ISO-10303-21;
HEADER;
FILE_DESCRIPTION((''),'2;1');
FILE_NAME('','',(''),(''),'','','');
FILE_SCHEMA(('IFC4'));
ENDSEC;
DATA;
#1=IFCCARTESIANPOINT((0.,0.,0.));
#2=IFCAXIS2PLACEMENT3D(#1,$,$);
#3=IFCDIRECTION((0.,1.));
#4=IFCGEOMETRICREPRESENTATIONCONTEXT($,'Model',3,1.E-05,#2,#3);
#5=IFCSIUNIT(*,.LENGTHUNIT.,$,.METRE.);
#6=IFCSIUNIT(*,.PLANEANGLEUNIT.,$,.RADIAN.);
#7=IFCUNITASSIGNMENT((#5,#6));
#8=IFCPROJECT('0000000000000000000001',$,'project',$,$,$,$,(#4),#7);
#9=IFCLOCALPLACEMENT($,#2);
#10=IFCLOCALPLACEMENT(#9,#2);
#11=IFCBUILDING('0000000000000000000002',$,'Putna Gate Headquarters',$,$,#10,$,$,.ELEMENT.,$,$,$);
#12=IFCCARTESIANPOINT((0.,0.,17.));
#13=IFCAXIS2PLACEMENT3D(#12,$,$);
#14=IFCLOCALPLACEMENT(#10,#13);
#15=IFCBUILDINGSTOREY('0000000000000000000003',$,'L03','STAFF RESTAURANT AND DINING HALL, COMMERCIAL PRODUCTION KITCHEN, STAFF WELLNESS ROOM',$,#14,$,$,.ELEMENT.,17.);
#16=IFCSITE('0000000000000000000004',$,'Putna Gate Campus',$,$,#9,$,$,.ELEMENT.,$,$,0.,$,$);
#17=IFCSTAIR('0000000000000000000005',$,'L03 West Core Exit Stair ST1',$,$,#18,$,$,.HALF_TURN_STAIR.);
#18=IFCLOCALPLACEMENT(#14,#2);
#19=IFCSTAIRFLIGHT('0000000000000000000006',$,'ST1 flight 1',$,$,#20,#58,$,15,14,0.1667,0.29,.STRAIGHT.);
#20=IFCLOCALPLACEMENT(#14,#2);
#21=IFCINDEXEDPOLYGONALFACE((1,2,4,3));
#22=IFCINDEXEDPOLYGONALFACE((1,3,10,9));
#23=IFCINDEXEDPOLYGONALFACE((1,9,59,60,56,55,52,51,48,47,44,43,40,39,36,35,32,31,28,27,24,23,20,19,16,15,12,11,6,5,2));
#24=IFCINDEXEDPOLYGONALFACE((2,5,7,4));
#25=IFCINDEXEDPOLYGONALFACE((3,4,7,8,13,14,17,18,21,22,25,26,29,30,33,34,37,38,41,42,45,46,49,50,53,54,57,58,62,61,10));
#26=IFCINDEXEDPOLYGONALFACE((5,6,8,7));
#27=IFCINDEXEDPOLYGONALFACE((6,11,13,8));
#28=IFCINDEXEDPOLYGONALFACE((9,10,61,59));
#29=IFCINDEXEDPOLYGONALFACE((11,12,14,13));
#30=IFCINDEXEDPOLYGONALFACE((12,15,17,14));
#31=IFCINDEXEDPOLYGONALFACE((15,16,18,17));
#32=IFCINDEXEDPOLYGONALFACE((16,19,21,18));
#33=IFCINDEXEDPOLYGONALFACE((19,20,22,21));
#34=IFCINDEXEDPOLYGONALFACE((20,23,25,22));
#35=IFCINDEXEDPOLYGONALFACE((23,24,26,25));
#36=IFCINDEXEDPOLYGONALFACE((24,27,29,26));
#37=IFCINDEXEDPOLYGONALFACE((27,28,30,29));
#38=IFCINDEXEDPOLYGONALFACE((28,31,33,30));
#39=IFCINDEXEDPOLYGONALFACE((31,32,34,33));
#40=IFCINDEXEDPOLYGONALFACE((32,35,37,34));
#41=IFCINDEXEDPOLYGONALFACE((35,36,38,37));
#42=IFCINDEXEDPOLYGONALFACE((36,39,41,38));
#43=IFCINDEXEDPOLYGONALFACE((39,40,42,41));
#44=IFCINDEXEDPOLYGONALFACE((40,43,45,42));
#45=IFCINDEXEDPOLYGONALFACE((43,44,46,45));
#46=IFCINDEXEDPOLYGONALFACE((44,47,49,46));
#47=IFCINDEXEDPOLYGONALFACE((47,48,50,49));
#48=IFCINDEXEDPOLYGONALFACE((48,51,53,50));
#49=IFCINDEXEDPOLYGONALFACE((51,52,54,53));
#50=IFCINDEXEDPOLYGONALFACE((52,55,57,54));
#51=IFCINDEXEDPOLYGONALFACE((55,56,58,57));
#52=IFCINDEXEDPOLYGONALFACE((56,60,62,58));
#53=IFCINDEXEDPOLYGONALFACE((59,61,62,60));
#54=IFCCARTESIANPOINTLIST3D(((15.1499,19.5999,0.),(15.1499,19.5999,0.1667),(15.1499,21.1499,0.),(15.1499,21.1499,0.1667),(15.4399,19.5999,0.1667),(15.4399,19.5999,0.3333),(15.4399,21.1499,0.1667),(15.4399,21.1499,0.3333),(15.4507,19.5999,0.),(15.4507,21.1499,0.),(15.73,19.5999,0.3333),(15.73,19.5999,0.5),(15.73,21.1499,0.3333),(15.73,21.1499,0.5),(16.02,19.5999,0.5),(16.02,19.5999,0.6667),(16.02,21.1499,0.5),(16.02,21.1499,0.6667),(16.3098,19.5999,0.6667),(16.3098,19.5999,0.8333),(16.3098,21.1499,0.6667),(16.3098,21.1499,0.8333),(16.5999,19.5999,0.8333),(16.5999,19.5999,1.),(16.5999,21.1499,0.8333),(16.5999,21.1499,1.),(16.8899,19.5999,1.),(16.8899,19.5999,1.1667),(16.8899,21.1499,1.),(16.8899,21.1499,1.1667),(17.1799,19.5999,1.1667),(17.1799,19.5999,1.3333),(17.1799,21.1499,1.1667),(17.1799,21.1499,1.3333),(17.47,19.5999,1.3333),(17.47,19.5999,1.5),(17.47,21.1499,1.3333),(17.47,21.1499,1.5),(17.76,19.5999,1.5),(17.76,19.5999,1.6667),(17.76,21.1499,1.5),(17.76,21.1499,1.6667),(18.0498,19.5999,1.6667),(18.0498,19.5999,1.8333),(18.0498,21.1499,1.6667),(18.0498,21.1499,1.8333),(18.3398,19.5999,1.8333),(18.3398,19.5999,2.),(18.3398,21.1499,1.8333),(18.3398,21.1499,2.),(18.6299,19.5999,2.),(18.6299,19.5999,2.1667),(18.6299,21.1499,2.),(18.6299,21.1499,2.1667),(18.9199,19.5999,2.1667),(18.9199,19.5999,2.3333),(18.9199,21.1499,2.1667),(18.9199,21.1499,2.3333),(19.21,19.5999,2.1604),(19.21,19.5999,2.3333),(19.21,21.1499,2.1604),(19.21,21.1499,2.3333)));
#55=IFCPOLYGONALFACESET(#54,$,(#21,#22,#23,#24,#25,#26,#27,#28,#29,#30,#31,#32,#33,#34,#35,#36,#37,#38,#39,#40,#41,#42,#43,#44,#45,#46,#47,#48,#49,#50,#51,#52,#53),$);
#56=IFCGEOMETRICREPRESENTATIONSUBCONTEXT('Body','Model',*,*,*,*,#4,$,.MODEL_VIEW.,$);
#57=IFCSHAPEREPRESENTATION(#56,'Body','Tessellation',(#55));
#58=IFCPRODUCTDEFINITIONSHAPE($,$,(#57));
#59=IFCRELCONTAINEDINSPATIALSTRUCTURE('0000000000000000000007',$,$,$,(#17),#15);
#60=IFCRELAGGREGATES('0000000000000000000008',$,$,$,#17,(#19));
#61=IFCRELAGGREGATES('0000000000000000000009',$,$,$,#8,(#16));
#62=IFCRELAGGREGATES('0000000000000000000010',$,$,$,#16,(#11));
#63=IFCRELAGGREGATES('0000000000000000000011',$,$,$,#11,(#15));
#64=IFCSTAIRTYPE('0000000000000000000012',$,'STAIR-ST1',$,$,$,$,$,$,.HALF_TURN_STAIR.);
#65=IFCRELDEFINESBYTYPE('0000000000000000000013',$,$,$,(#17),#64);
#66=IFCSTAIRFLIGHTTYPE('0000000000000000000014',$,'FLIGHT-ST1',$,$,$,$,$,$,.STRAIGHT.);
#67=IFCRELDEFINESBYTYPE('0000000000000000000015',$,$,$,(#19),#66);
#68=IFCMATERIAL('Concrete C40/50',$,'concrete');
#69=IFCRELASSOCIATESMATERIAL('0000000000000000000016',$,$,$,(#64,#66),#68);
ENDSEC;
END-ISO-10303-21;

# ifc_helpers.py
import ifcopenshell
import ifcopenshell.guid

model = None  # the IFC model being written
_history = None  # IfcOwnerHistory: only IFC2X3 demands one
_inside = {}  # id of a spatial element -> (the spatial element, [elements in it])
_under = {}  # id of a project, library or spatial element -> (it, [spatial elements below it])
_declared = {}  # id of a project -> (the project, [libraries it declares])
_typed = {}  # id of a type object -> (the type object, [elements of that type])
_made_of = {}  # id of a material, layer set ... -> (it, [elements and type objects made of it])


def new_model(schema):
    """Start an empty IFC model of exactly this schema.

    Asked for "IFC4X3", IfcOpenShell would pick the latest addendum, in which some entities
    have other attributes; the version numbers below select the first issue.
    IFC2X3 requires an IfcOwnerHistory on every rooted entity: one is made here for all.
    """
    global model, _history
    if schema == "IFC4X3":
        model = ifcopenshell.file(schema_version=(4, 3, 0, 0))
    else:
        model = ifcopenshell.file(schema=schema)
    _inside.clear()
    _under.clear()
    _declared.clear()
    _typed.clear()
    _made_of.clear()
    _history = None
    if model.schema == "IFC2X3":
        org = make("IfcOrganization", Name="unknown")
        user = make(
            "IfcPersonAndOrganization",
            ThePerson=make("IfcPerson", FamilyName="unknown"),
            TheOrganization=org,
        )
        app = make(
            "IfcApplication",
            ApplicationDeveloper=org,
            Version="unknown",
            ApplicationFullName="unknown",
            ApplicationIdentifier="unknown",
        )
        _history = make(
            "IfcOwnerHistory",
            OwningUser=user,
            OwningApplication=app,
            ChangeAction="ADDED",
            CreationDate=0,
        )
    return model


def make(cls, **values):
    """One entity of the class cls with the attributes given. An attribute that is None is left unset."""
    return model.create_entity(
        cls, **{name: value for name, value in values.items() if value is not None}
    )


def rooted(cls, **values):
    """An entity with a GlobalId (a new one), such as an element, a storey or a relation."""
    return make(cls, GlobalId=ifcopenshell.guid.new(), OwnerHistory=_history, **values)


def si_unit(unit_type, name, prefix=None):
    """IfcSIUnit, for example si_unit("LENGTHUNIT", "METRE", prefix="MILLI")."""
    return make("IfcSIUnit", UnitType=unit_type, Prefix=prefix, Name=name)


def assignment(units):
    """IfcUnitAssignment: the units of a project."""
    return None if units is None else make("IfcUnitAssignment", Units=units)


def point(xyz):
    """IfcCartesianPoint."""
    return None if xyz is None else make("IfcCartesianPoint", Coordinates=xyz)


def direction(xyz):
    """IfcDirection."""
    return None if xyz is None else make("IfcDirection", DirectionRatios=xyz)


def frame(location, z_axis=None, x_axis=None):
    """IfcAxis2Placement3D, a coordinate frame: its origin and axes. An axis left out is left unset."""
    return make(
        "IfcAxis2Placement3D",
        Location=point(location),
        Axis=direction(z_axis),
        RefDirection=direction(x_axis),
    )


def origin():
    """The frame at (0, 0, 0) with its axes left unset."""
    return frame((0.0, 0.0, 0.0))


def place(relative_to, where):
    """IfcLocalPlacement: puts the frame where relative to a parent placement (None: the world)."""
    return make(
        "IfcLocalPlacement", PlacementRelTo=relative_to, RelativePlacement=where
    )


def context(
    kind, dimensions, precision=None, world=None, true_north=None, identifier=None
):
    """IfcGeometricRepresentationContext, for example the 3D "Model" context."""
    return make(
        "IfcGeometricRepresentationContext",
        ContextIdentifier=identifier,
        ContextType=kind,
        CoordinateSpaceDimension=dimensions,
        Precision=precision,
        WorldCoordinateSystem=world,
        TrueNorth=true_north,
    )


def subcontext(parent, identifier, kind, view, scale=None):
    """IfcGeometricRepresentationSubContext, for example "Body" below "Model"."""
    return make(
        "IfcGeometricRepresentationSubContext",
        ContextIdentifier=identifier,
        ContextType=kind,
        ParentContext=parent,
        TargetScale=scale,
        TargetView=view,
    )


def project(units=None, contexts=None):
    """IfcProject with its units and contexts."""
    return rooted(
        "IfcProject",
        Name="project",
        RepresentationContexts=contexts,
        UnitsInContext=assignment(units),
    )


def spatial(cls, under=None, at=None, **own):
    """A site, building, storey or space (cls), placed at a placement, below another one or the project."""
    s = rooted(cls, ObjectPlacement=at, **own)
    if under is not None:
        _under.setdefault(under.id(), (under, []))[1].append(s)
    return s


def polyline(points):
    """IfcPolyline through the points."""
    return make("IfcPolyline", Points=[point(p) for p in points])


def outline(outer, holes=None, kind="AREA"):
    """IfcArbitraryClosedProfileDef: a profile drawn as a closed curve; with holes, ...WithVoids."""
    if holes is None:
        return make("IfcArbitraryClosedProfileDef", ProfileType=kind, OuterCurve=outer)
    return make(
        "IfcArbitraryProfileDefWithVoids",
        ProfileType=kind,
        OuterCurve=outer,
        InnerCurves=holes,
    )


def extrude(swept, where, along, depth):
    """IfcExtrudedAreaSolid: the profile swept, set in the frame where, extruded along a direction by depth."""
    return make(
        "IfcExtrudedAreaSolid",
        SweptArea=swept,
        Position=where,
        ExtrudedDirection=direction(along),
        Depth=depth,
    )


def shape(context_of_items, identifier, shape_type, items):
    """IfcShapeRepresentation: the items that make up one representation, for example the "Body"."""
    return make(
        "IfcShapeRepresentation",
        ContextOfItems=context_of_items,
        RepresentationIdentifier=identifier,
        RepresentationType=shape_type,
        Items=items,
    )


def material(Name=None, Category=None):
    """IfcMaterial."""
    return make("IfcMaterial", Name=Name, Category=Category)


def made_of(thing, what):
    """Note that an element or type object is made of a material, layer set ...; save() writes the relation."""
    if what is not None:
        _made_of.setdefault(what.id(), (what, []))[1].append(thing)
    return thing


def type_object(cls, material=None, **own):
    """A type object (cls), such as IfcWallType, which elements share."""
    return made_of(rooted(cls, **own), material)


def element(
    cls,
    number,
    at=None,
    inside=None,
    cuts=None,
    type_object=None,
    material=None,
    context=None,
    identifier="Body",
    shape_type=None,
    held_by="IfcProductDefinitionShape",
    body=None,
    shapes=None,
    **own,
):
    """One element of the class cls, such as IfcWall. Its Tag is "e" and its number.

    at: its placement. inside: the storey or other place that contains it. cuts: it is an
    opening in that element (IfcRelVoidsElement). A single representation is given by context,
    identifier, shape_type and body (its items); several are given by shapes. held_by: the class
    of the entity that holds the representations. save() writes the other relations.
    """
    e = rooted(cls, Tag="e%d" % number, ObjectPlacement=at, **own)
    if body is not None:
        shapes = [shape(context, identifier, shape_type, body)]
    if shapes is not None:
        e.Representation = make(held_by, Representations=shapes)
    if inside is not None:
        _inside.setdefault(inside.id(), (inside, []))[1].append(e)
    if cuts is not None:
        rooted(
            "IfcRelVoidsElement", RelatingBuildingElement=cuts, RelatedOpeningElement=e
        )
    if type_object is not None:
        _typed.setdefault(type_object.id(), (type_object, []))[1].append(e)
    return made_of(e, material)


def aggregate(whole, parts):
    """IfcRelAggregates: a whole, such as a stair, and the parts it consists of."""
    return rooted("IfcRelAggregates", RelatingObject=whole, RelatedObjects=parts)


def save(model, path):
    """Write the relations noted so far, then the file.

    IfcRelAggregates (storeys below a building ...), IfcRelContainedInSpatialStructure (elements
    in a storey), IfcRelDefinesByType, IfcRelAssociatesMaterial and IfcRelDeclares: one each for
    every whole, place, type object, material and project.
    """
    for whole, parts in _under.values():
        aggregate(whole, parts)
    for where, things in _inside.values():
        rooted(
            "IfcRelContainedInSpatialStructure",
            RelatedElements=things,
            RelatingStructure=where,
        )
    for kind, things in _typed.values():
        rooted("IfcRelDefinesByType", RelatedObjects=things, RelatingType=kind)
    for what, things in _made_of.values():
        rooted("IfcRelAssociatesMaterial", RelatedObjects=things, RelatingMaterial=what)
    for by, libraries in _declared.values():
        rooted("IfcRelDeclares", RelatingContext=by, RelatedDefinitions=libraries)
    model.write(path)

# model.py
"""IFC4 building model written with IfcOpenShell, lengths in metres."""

from ifc_helpers import new_model, si_unit, direction, frame, origin, place, context, subcontext, project, spatial, polyline, outline, extrude, material, type_object, element, aggregate, save


model = new_model("IFC4")

# Units and contexts
model_context = context("Model", 3, precision=1e-05, world=origin(), true_north=direction((0.0, 1.0)))
body_context = subcontext(model_context, "Body", "Model", "MODEL_VIEW")
ifc_project = project(units=[si_unit("LENGTHUNIT", "METRE"), si_unit("PLANEANGLEUNIT", "RADIAN")], contexts=[model_context])

# Site, building, storey
site_placement = place(None, origin())
site = spatial("IfcSite", under=ifc_project, at=site_placement, Name="Putna Gate Campus", CompositionType="ELEMENT", RefElevation=0.0)
building_placement = place(site_placement, origin())
building = spatial("IfcBuilding", under=site, at=building_placement, Name="Putna Gate Headquarters", CompositionType="ELEMENT")
storey_placement = place(building_placement, frame((0.0, 0.0, 17.0)))
storey = spatial("IfcBuildingStorey", under=building, at=storey_placement, Name="L03", Description="STAFF RESTAURANT AND DINING HALL, COMMERCIAL PRODUCTION KITCHEN, STAFF WELLNESS ROOM", CompositionType="ELEMENT", Elevation=17.0)

# Shared definitions
ifc_material_1 = material(Name="Concrete C40/50", Category="concrete")

# Stair, stair flight
stair_type = type_object("IfcStairType", Name="STAIR-ST1", PredefinedType="HALF_TURN_STAIR", material=ifc_material_1)
stair_placement = place(storey_placement, origin())
stair = element("IfcStair", 1, at=stair_placement, inside=storey, type_object=stair_type, Name="L03 West Core Exit Stair ST1", PredefinedType="HALF_TURN_STAIR")
stair_flight_type = type_object("IfcStairFlightType", Name="FLIGHT-ST1", PredefinedType="STRAIGHT", material=ifc_material_1)
stair_flight_placement = place(storey_placement, frame((15.1499, 20.375, 0.0), z_axis=(0.0, 0.0, 1.0), x_axis=(1.0, 0.0, 0.0)))
stair_flight = element("IfcStairFlight", 2, at=stair_flight_placement, type_object=stair_flight_type, Name="ST1 flight 1", NumberOfRisers=15, NumberOfTreads=14, PredefinedType="STRAIGHT", RiserHeight=0.1667, TreadLength=0.29, context=body_context, shape_type="SweptSolid", body=[
    extrude(outline(polyline([(0.0, 0.0), (0.0, 0.1667), (0.29, 0.1667), (0.29, 0.3333), (0.5801, 0.3333), (0.5801, 0.5), (0.8701, 0.5), (0.8701, 0.6667), (1.1599, 0.6667), (1.1599, 0.8333), (1.45, 0.8333), (1.45, 1.0), (1.74, 1.0), (1.74, 1.1667), (2.03, 1.1667), (2.03, 1.3333), (2.3201, 1.3333), (2.3201, 1.5), (2.6101, 1.5), (2.6101, 1.6667), (2.8999, 1.6667), (2.8999, 1.8333), (3.1899, 1.8333), (3.1899, 2.0), (3.48, 2.0), (3.48, 2.1667), (3.77, 2.1667), (3.77, 2.3333), (4.0601, 2.3333), (4.0601, 2.5), (4.0601, 2.1604), (0.3008, 0.0), (0.0, 0.0)])), frame((0.0, 0.7749, 0.0), z_axis=(0.0, -1.0, 0.0), x_axis=(1.0, 0.0, 0.0)), (0.0, 0.0, 1.0), 1.55),
])
aggregate(stair, [stair_flight])

save(model, "model.ifc")
